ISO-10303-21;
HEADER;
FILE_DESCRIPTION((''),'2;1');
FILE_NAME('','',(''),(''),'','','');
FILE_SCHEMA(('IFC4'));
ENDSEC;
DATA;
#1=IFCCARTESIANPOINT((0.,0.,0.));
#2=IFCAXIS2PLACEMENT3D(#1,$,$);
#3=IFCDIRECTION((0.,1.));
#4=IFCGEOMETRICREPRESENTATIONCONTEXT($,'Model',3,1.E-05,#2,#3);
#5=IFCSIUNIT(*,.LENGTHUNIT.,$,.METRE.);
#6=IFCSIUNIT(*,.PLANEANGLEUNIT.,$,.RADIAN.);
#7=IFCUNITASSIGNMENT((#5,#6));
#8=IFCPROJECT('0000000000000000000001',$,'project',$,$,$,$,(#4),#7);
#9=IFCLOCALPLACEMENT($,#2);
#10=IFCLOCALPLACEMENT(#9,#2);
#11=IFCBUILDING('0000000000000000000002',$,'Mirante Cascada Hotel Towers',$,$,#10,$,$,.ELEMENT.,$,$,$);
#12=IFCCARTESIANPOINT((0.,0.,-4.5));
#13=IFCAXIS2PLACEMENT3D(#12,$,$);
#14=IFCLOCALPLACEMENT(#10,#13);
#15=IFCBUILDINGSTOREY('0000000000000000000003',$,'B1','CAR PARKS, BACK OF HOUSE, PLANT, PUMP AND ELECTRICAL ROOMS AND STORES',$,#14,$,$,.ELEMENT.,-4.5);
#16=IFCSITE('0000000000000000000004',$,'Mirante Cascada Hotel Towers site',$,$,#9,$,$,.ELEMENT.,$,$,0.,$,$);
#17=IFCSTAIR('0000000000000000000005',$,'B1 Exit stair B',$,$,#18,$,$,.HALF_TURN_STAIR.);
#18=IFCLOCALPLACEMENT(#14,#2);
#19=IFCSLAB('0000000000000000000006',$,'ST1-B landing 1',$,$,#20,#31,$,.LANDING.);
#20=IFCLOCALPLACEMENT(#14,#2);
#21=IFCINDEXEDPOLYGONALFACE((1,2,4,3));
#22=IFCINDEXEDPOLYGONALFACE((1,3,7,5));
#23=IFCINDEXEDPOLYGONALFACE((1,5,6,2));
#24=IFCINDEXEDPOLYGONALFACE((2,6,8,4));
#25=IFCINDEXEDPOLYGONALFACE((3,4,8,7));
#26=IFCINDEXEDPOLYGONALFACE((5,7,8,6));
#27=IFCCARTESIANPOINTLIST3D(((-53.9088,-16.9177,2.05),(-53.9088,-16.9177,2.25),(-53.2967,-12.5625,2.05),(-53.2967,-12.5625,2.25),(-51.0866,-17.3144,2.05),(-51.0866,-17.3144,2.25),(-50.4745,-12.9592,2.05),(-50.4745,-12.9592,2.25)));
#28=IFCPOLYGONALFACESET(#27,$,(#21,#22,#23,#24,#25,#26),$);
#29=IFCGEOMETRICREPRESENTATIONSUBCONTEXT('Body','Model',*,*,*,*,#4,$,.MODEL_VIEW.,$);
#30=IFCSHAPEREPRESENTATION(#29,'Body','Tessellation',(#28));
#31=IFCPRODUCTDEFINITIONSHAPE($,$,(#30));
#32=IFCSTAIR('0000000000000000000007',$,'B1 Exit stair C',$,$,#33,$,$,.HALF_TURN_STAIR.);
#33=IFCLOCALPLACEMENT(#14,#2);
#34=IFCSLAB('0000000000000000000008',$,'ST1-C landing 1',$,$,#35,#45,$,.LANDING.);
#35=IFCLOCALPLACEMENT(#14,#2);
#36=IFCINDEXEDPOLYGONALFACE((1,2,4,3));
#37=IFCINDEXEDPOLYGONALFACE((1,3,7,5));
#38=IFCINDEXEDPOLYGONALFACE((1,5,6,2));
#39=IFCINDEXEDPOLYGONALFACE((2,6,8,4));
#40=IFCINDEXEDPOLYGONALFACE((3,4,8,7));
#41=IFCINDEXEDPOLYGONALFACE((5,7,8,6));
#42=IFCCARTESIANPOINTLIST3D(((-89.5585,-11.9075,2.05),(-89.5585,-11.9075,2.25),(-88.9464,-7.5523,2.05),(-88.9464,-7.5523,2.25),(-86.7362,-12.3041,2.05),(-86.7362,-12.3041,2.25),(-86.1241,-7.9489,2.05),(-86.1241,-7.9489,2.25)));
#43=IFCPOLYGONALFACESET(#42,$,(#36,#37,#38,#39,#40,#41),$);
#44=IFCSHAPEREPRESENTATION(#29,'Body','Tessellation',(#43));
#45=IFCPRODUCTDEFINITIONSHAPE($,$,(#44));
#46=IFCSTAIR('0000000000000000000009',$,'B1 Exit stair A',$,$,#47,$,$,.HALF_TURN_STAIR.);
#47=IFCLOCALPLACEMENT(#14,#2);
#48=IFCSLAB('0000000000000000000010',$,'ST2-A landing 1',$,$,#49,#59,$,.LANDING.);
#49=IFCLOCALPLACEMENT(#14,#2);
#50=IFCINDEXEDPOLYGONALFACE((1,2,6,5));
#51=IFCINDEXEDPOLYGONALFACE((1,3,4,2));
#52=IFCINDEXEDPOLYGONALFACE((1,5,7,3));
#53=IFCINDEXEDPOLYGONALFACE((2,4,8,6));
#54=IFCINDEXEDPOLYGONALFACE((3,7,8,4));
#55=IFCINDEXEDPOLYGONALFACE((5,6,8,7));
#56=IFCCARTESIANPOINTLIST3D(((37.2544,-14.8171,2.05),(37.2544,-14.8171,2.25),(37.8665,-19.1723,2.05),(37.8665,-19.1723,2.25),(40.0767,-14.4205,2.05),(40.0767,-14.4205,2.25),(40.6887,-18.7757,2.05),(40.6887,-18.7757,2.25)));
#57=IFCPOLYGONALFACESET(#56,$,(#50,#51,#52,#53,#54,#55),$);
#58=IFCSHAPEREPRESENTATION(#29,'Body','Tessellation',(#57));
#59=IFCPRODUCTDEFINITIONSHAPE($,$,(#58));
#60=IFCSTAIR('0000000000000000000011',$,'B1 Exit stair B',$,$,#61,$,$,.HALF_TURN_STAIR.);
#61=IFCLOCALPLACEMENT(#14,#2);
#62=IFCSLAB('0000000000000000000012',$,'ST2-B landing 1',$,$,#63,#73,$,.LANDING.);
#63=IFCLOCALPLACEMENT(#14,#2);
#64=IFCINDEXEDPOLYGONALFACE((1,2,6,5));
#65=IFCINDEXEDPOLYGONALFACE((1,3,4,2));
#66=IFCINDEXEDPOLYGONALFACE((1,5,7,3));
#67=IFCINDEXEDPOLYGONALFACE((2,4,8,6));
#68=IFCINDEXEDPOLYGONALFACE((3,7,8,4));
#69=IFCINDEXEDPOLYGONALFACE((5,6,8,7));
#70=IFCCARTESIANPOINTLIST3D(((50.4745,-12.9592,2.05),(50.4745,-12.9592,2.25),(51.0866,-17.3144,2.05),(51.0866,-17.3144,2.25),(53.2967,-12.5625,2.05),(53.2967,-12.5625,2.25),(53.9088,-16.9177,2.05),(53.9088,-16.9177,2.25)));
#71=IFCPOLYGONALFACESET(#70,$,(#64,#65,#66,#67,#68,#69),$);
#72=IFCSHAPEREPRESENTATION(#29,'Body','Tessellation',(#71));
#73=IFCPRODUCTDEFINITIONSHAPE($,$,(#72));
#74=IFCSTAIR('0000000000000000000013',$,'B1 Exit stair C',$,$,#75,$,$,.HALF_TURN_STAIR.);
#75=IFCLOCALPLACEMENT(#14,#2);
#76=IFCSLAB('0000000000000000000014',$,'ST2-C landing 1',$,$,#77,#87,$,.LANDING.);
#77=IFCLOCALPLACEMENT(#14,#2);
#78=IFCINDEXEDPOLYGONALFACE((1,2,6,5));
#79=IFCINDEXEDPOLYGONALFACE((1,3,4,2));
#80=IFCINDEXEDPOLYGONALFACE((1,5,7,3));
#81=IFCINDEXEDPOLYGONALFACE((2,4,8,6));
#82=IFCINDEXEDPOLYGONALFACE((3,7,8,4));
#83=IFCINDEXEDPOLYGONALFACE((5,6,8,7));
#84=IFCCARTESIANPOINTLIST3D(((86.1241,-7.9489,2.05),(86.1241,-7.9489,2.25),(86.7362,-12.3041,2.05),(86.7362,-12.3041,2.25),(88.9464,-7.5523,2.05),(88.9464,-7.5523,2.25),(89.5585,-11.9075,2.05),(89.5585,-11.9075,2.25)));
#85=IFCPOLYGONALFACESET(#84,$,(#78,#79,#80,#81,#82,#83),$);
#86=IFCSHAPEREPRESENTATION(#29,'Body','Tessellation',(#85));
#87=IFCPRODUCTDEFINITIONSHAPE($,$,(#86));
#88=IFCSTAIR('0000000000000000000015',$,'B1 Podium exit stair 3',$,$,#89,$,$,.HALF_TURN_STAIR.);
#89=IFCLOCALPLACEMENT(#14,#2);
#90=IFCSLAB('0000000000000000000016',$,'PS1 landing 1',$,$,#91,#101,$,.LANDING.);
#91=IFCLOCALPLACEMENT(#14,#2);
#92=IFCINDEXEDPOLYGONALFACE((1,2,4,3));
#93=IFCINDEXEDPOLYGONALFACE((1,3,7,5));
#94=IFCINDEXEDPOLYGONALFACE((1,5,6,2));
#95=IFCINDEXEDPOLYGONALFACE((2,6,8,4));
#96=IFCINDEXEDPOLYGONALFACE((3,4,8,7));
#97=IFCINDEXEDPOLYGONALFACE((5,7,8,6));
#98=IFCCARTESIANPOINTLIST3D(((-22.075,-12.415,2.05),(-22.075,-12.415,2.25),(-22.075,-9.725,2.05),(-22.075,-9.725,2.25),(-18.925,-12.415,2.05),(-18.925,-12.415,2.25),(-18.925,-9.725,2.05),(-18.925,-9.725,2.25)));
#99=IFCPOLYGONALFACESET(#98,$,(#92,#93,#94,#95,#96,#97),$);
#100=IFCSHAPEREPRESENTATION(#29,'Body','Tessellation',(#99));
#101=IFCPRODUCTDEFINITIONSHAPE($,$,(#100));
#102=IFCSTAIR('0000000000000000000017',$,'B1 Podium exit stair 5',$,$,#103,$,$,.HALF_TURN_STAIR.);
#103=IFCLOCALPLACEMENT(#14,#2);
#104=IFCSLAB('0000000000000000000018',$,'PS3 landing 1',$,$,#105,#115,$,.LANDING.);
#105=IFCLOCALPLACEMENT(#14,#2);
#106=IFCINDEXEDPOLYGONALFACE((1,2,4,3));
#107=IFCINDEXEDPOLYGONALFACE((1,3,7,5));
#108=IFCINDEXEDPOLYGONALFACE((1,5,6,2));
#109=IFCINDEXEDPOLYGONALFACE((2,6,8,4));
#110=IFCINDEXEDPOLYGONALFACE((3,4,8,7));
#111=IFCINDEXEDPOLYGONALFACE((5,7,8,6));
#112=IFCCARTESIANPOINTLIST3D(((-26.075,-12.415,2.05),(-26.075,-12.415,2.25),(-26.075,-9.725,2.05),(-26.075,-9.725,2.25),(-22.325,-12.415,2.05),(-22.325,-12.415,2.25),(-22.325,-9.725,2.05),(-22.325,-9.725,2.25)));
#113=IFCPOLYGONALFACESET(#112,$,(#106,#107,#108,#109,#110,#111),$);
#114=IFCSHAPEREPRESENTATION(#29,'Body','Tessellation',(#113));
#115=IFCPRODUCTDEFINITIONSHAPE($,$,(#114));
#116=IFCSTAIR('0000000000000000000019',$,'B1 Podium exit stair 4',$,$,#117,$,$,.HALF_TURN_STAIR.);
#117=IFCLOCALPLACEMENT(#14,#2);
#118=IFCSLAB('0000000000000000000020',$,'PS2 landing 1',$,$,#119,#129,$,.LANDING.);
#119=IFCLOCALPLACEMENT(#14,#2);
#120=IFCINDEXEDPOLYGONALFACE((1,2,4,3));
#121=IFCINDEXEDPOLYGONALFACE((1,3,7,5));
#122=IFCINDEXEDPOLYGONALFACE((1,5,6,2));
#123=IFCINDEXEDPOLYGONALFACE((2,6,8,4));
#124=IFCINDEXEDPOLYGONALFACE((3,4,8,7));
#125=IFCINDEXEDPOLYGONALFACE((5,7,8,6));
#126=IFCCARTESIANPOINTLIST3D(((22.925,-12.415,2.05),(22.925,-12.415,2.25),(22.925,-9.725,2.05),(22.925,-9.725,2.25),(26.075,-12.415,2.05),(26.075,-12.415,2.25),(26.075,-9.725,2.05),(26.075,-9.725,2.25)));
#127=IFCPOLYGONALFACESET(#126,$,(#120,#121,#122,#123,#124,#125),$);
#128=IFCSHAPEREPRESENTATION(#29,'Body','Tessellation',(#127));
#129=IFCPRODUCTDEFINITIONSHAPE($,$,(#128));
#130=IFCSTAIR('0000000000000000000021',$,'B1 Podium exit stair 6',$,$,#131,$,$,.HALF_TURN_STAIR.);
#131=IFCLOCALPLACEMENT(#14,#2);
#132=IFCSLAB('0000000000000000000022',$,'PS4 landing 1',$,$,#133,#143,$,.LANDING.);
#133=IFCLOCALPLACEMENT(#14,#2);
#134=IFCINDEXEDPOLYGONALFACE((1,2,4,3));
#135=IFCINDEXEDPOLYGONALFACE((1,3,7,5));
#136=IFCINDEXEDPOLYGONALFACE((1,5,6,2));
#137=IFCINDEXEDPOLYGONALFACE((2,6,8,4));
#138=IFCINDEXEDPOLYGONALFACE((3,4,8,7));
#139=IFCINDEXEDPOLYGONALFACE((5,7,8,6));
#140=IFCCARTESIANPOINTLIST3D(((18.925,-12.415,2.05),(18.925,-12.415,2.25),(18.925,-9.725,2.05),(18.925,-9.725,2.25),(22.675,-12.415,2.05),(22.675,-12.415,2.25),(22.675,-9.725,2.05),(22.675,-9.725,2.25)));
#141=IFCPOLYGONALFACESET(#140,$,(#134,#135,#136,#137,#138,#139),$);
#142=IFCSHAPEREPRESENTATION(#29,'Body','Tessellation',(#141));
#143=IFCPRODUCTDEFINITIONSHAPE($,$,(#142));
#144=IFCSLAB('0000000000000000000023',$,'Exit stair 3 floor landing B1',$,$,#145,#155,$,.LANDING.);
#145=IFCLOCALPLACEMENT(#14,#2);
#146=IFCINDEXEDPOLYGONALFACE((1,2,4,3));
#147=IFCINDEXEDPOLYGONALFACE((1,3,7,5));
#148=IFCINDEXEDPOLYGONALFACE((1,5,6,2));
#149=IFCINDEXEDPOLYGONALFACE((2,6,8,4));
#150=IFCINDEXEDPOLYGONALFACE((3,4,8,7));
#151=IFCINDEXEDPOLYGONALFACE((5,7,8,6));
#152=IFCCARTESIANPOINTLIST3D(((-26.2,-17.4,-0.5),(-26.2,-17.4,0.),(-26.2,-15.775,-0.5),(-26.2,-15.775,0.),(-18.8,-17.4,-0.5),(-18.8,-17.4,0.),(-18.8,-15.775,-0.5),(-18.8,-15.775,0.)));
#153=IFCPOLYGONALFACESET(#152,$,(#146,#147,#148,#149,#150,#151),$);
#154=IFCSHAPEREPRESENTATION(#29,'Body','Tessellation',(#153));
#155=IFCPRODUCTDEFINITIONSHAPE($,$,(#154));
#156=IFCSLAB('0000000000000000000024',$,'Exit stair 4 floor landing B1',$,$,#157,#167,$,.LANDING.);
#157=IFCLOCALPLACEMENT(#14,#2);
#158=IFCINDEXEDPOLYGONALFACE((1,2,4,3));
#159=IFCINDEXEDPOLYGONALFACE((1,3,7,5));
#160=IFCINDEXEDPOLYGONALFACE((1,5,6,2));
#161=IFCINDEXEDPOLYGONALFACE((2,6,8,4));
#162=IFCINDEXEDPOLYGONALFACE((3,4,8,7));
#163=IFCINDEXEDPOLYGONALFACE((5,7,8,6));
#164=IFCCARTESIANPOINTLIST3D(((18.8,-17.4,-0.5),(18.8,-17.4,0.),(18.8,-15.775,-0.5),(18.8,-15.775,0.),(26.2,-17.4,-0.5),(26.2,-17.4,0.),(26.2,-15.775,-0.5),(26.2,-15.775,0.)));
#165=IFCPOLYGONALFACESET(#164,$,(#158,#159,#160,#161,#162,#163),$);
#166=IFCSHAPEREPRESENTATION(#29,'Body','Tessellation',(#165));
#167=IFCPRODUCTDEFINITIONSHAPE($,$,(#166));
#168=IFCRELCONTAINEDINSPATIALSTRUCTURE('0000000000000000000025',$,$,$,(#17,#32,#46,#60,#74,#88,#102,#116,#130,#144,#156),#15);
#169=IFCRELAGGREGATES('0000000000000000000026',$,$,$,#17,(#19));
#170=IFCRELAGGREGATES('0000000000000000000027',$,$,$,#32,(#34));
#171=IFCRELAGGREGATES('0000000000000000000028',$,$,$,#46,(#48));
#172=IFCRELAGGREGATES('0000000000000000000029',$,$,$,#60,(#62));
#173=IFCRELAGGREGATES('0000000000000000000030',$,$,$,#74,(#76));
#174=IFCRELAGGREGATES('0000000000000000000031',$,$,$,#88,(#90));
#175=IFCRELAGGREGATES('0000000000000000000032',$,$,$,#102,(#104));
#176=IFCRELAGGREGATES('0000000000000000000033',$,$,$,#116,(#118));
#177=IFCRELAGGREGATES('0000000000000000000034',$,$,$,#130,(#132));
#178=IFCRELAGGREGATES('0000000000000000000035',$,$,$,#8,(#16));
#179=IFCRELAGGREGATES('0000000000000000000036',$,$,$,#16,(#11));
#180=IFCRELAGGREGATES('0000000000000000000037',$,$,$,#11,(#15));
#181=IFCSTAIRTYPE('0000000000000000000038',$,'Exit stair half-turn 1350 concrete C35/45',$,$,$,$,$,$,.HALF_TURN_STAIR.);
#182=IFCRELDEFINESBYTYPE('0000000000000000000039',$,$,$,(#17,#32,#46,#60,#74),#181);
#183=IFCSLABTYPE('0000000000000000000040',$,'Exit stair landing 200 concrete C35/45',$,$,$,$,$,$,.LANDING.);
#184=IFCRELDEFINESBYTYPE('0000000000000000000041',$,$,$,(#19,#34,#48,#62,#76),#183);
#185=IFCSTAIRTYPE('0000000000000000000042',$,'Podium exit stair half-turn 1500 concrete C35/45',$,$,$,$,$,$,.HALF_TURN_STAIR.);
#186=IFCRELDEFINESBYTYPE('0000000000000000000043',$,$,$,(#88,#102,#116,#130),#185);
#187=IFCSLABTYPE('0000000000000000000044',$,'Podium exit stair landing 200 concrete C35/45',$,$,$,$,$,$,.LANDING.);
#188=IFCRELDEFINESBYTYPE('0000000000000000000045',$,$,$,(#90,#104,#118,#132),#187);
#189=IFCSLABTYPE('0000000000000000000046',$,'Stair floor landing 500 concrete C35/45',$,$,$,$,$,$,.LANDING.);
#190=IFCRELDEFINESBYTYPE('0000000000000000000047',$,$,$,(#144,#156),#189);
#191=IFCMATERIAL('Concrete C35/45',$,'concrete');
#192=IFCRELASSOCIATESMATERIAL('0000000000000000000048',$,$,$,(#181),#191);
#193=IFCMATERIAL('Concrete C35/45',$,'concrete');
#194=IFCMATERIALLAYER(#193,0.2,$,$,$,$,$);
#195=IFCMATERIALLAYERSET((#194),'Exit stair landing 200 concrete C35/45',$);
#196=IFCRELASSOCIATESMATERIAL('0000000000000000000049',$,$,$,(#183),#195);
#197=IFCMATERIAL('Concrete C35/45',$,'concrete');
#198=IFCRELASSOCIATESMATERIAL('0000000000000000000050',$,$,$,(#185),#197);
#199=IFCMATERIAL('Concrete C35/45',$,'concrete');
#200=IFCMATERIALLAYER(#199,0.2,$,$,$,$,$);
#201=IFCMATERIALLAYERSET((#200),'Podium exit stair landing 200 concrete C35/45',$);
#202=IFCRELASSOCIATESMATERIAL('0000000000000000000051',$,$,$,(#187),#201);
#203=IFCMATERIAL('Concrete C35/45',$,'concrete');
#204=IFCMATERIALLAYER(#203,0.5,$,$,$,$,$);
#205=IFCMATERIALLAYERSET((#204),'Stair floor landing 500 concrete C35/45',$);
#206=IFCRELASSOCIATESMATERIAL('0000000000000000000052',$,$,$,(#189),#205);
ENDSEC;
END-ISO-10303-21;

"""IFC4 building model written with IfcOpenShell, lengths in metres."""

from ifc_helpers import new_model, si_unit, direction, frame, origin, place, context, subcontext, project, spatial, polyline, outline, extrude, material, layer, layer_set, type_object, element, aggregate, save


model = new_model("IFC4")

# Units and contexts
model_context = context("Model", 3, precision=1e-05, world=origin(), true_north=direction((0.0, 1.0)))
body_context = subcontext(model_context, "Body", "Model", "MODEL_VIEW")
ifc_project = project(units=[si_unit("LENGTHUNIT", "METRE"), si_unit("PLANEANGLEUNIT", "RADIAN")], contexts=[model_context])

# Site, building, storey
site_placement = place(None, origin())
site = spatial("IfcSite", under=ifc_project, at=site_placement, Name="Mirante Cascada Hotel Towers site", CompositionType="ELEMENT", RefElevation=0.0)
building_placement = place(site_placement, origin())
building = spatial("IfcBuilding", under=site, at=building_placement, Name="Mirante Cascada Hotel Towers", CompositionType="ELEMENT")
storey_placement = place(building_placement, frame((0.0, 0.0, -4.5)))
storey = spatial("IfcBuildingStorey", under=building, at=storey_placement, Name="B1", Description="CAR PARKS, BACK OF HOUSE, PLANT, PUMP AND ELECTRICAL ROOMS AND STORES", CompositionType="ELEMENT", Elevation=-4.5)

# Stairs, slabs
ifc_material_1 = material(Name="Concrete C35/45", Category="concrete")
stair_type_1 = type_object("IfcStairType", Name="Exit stair half-turn 1350 concrete C35/45", PredefinedType="HALF_TURN_STAIR", material=ifc_material_1)
stair_1_placement = place(storey_placement, origin())
stair_1 = element("IfcStair", 1, at=stair_1_placement, inside=storey, type_object=stair_type_1, Name="B1 Exit stair B", PredefinedType="HALF_TURN_STAIR")
ifc_material_2 = material(Name="Concrete C35/45", Category="concrete")
ifc_layer_1 = layer(ifc_material_2, 0.2)
ifc_layer_set_1 = layer_set([ifc_layer_1], Name="Exit stair landing 200 concrete C35/45")
slab_type_1 = type_object("IfcSlabType", Name="Exit stair landing 200 concrete C35/45", PredefinedType="LANDING", material=ifc_layer_set_1)
slab_1_placement = place(storey_placement, frame((0.0, 0.0, 2.05)))
slab_1 = element("IfcSlab", 2, at=slab_1_placement, type_object=slab_type_1, Name="ST1-B landing 1", PredefinedType="LANDING", context=body_context, shape_type="SweptSolid", body=[
    extrude(outline(polyline([(-53.2967, -12.5625), (-53.9088, -16.9177), (-51.0866, -17.3144), (-50.4745, -12.9592), (-53.2967, -12.5625)])), origin(), (0.0, 0.0, 1.0), 0.2),
])
aggregate(stair_1, [slab_1])
stair_2_placement = place(storey_placement, origin())
stair_2 = element("IfcStair", 3, at=stair_2_placement, inside=storey, type_object=stair_type_1, Name="B1 Exit stair C", PredefinedType="HALF_TURN_STAIR")
slab_2_placement = place(storey_placement, frame((0.0, 0.0, 2.05)))
slab_2 = element("IfcSlab", 4, at=slab_2_placement, type_object=slab_type_1, Name="ST1-C landing 1", PredefinedType="LANDING", context=body_context, shape_type="SweptSolid", body=[
    extrude(outline(polyline([(-88.9464, -7.5523), (-89.5585, -11.9075), (-86.7362, -12.3041), (-86.1241, -7.9489), (-88.9464, -7.5523)])), origin(), (0.0, 0.0, 1.0), 0.2),
])
aggregate(stair_2, [slab_2])
stair_3_placement = place(storey_placement, origin())
stair_3 = element("IfcStair", 5, at=stair_3_placement, inside=storey, type_object=stair_type_1, Name="B1 Exit stair A", PredefinedType="HALF_TURN_STAIR")
slab_3_placement = place(storey_placement, frame((0.0, 0.0, 2.05)))
slab_3 = element("IfcSlab", 6, at=slab_3_placement, type_object=slab_type_1, Name="ST2-A landing 1", PredefinedType="LANDING", context=body_context, shape_type="SweptSolid", body=[
    extrude(outline(polyline([(37.2544, -14.8171), (37.8665, -19.1723), (40.6887, -18.7757), (40.0767, -14.4205), (37.2544, -14.8171)])), origin(), (0.0, 0.0, 1.0), 0.2),
])
aggregate(stair_3, [slab_3])
stair_4_placement = place(storey_placement, origin())
stair_4 = element("IfcStair", 7, at=stair_4_placement, inside=storey, type_object=stair_type_1, Name="B1 Exit stair B", PredefinedType="HALF_TURN_STAIR")
slab_4_placement = place(storey_placement, frame((0.0, 0.0, 2.05)))
slab_4 = element("IfcSlab", 8, at=slab_4_placement, type_object=slab_type_1, Name="ST2-B landing 1", PredefinedType="LANDING", context=body_context, shape_type="SweptSolid", body=[
    extrude(outline(polyline([(50.4745, -12.9592), (51.0866, -17.3144), (53.9088, -16.9177), (53.2967, -12.5625), (50.4745, -12.9592)])), origin(), (0.0, 0.0, 1.0), 0.2),
])
aggregate(stair_4, [slab_4])
stair_5_placement = place(storey_placement, origin())
stair_5 = element("IfcStair", 9, at=stair_5_placement, inside=storey, type_object=stair_type_1, Name="B1 Exit stair C", PredefinedType="HALF_TURN_STAIR")
slab_5_placement = place(storey_placement, frame((0.0, 0.0, 2.05)))
slab_5 = element("IfcSlab", 10, at=slab_5_placement, type_object=slab_type_1, Name="ST2-C landing 1", PredefinedType="LANDING", context=body_context, shape_type="SweptSolid", body=[
    extrude(outline(polyline([(86.1241, -7.9489), (86.7362, -12.3041), (89.5585, -11.9075), (88.9464, -7.5523), (86.1241, -7.9489)])), origin(), (0.0, 0.0, 1.0), 0.2),
])
aggregate(stair_5, [slab_5])
ifc_material_3 = material(Name="Concrete C35/45", Category="concrete")
stair_type_2 = type_object("IfcStairType", Name="Podium exit stair half-turn 1500 concrete C35/45", PredefinedType="HALF_TURN_STAIR", material=ifc_material_3)
stair_6_placement = place(storey_placement, origin())
stair_6 = element("IfcStair", 11, at=stair_6_placement, inside=storey, type_object=stair_type_2, Name="B1 Podium exit stair 3", PredefinedType="HALF_TURN_STAIR")
ifc_material_4 = material(Name="Concrete C35/45", Category="concrete")
ifc_layer_2 = layer(ifc_material_4, 0.2)
ifc_layer_set_2 = layer_set([ifc_layer_2], Name="Podium exit stair landing 200 concrete C35/45")
slab_type_2 = type_object("IfcSlabType", Name="Podium exit stair landing 200 concrete C35/45", PredefinedType="LANDING", material=ifc_layer_set_2)
slab_6_placement = place(storey_placement, frame((0.0, 0.0, 2.05)))
slab_6 = element("IfcSlab", 12, at=slab_6_placement, type_object=slab_type_2, Name="PS1 landing 1", PredefinedType="LANDING", context=body_context, shape_type="SweptSolid", body=[
    extrude(outline(polyline([(-18.925, -12.415), (-18.925, -9.725), (-22.075, -9.725), (-22.075, -12.415), (-18.925, -12.415)])), origin(), (0.0, 0.0, 1.0), 0.2),
])
aggregate(stair_6, [slab_6])
stair_7_placement = place(storey_placement, origin())
stair_7 = element("IfcStair", 13, at=stair_7_placement, inside=storey, type_object=stair_type_2, Name="B1 Podium exit stair 5", PredefinedType="HALF_TURN_STAIR")
slab_7_placement = place(storey_placement, frame((0.0, 0.0, 2.05)))
slab_7 = element("IfcSlab", 14, at=slab_7_placement, type_object=slab_type_2, Name="PS3 landing 1", PredefinedType="LANDING", context=body_context, shape_type="SweptSolid", body=[
    extrude(outline(polyline([(-22.325, -12.415), (-22.325, -9.725), (-26.075, -9.725), (-26.075, -12.415), (-22.325, -12.415)])), origin(), (0.0, 0.0, 1.0), 0.2),
])
aggregate(stair_7, [slab_7])
stair_8_placement = place(storey_placement, origin())
stair_8 = element("IfcStair", 15, at=stair_8_placement, inside=storey, type_object=stair_type_2, Name="B1 Podium exit stair 4", PredefinedType="HALF_TURN_STAIR")
slab_8_placement = place(storey_placement, frame((0.0, 0.0, 2.05)))
slab_8 = element("IfcSlab", 16, at=slab_8_placement, type_object=slab_type_2, Name="PS2 landing 1", PredefinedType="LANDING", context=body_context, shape_type="SweptSolid", body=[
    extrude(outline(polyline([(26.075, -12.415), (26.075, -9.725), (22.925, -9.725), (22.925, -12.415), (26.075, -12.415)])), origin(), (0.0, 0.0, 1.0), 0.2),
])
aggregate(stair_8, [slab_8])
stair_9_placement = place(storey_placement, origin())
stair_9 = element("IfcStair", 17, at=stair_9_placement, inside=storey, type_object=stair_type_2, Name="B1 Podium exit stair 6", PredefinedType="HALF_TURN_STAIR")
slab_9_placement = place(storey_placement, frame((0.0, 0.0, 2.05)))
slab_9 = element("IfcSlab", 18, at=slab_9_placement, type_object=slab_type_2, Name="PS4 landing 1", PredefinedType="LANDING", context=body_context, shape_type="SweptSolid", body=[
    extrude(outline(polyline([(22.675, -12.415), (22.675, -9.725), (18.925, -9.725), (18.925, -12.415), (22.675, -12.415)])), origin(), (0.0, 0.0, 1.0), 0.2),
])
aggregate(stair_9, [slab_9])

# Slabs
ifc_material_5 = material(Name="Concrete C35/45", Category="concrete")
ifc_layer_3 = layer(ifc_material_5, 0.5)
ifc_layer_set_3 = layer_set([ifc_layer_3], Name="Stair floor landing 500 concrete C35/45")
slab_type_3 = type_object("IfcSlabType", Name="Stair floor landing 500 concrete C35/45", PredefinedType="LANDING", material=ifc_layer_set_3)
slab_10_placement = place(storey_placement, frame((0.0, 0.0, -0.5)))
element("IfcSlab", 19, at=slab_10_placement, inside=storey, type_object=slab_type_3, Name="Exit stair 3 floor landing B1", PredefinedType="LANDING", context=body_context, shape_type="SweptSolid", body=[
    extrude(outline(polyline([(-26.2, -17.4), (-18.8, -17.4), (-18.8, -15.775), (-26.2, -15.775), (-26.2, -17.4)])), origin(), (0.0, 0.0, 1.0), 0.5),
])
slab_11_placement = place(storey_placement, frame((0.0, 0.0, -0.5)))
element("IfcSlab", 20, at=slab_11_placement, inside=storey, type_object=slab_type_3, Name="Exit stair 4 floor landing B1", PredefinedType="LANDING", context=body_context, shape_type="SweptSolid", body=[
    extrude(outline(polyline([(18.8, -17.4), (26.2, -17.4), (26.2, -15.775), (18.8, -15.775), (18.8, -17.4)])), origin(), (0.0, 0.0, 1.0), 0.5),
])

save(model, "model.ifc")
